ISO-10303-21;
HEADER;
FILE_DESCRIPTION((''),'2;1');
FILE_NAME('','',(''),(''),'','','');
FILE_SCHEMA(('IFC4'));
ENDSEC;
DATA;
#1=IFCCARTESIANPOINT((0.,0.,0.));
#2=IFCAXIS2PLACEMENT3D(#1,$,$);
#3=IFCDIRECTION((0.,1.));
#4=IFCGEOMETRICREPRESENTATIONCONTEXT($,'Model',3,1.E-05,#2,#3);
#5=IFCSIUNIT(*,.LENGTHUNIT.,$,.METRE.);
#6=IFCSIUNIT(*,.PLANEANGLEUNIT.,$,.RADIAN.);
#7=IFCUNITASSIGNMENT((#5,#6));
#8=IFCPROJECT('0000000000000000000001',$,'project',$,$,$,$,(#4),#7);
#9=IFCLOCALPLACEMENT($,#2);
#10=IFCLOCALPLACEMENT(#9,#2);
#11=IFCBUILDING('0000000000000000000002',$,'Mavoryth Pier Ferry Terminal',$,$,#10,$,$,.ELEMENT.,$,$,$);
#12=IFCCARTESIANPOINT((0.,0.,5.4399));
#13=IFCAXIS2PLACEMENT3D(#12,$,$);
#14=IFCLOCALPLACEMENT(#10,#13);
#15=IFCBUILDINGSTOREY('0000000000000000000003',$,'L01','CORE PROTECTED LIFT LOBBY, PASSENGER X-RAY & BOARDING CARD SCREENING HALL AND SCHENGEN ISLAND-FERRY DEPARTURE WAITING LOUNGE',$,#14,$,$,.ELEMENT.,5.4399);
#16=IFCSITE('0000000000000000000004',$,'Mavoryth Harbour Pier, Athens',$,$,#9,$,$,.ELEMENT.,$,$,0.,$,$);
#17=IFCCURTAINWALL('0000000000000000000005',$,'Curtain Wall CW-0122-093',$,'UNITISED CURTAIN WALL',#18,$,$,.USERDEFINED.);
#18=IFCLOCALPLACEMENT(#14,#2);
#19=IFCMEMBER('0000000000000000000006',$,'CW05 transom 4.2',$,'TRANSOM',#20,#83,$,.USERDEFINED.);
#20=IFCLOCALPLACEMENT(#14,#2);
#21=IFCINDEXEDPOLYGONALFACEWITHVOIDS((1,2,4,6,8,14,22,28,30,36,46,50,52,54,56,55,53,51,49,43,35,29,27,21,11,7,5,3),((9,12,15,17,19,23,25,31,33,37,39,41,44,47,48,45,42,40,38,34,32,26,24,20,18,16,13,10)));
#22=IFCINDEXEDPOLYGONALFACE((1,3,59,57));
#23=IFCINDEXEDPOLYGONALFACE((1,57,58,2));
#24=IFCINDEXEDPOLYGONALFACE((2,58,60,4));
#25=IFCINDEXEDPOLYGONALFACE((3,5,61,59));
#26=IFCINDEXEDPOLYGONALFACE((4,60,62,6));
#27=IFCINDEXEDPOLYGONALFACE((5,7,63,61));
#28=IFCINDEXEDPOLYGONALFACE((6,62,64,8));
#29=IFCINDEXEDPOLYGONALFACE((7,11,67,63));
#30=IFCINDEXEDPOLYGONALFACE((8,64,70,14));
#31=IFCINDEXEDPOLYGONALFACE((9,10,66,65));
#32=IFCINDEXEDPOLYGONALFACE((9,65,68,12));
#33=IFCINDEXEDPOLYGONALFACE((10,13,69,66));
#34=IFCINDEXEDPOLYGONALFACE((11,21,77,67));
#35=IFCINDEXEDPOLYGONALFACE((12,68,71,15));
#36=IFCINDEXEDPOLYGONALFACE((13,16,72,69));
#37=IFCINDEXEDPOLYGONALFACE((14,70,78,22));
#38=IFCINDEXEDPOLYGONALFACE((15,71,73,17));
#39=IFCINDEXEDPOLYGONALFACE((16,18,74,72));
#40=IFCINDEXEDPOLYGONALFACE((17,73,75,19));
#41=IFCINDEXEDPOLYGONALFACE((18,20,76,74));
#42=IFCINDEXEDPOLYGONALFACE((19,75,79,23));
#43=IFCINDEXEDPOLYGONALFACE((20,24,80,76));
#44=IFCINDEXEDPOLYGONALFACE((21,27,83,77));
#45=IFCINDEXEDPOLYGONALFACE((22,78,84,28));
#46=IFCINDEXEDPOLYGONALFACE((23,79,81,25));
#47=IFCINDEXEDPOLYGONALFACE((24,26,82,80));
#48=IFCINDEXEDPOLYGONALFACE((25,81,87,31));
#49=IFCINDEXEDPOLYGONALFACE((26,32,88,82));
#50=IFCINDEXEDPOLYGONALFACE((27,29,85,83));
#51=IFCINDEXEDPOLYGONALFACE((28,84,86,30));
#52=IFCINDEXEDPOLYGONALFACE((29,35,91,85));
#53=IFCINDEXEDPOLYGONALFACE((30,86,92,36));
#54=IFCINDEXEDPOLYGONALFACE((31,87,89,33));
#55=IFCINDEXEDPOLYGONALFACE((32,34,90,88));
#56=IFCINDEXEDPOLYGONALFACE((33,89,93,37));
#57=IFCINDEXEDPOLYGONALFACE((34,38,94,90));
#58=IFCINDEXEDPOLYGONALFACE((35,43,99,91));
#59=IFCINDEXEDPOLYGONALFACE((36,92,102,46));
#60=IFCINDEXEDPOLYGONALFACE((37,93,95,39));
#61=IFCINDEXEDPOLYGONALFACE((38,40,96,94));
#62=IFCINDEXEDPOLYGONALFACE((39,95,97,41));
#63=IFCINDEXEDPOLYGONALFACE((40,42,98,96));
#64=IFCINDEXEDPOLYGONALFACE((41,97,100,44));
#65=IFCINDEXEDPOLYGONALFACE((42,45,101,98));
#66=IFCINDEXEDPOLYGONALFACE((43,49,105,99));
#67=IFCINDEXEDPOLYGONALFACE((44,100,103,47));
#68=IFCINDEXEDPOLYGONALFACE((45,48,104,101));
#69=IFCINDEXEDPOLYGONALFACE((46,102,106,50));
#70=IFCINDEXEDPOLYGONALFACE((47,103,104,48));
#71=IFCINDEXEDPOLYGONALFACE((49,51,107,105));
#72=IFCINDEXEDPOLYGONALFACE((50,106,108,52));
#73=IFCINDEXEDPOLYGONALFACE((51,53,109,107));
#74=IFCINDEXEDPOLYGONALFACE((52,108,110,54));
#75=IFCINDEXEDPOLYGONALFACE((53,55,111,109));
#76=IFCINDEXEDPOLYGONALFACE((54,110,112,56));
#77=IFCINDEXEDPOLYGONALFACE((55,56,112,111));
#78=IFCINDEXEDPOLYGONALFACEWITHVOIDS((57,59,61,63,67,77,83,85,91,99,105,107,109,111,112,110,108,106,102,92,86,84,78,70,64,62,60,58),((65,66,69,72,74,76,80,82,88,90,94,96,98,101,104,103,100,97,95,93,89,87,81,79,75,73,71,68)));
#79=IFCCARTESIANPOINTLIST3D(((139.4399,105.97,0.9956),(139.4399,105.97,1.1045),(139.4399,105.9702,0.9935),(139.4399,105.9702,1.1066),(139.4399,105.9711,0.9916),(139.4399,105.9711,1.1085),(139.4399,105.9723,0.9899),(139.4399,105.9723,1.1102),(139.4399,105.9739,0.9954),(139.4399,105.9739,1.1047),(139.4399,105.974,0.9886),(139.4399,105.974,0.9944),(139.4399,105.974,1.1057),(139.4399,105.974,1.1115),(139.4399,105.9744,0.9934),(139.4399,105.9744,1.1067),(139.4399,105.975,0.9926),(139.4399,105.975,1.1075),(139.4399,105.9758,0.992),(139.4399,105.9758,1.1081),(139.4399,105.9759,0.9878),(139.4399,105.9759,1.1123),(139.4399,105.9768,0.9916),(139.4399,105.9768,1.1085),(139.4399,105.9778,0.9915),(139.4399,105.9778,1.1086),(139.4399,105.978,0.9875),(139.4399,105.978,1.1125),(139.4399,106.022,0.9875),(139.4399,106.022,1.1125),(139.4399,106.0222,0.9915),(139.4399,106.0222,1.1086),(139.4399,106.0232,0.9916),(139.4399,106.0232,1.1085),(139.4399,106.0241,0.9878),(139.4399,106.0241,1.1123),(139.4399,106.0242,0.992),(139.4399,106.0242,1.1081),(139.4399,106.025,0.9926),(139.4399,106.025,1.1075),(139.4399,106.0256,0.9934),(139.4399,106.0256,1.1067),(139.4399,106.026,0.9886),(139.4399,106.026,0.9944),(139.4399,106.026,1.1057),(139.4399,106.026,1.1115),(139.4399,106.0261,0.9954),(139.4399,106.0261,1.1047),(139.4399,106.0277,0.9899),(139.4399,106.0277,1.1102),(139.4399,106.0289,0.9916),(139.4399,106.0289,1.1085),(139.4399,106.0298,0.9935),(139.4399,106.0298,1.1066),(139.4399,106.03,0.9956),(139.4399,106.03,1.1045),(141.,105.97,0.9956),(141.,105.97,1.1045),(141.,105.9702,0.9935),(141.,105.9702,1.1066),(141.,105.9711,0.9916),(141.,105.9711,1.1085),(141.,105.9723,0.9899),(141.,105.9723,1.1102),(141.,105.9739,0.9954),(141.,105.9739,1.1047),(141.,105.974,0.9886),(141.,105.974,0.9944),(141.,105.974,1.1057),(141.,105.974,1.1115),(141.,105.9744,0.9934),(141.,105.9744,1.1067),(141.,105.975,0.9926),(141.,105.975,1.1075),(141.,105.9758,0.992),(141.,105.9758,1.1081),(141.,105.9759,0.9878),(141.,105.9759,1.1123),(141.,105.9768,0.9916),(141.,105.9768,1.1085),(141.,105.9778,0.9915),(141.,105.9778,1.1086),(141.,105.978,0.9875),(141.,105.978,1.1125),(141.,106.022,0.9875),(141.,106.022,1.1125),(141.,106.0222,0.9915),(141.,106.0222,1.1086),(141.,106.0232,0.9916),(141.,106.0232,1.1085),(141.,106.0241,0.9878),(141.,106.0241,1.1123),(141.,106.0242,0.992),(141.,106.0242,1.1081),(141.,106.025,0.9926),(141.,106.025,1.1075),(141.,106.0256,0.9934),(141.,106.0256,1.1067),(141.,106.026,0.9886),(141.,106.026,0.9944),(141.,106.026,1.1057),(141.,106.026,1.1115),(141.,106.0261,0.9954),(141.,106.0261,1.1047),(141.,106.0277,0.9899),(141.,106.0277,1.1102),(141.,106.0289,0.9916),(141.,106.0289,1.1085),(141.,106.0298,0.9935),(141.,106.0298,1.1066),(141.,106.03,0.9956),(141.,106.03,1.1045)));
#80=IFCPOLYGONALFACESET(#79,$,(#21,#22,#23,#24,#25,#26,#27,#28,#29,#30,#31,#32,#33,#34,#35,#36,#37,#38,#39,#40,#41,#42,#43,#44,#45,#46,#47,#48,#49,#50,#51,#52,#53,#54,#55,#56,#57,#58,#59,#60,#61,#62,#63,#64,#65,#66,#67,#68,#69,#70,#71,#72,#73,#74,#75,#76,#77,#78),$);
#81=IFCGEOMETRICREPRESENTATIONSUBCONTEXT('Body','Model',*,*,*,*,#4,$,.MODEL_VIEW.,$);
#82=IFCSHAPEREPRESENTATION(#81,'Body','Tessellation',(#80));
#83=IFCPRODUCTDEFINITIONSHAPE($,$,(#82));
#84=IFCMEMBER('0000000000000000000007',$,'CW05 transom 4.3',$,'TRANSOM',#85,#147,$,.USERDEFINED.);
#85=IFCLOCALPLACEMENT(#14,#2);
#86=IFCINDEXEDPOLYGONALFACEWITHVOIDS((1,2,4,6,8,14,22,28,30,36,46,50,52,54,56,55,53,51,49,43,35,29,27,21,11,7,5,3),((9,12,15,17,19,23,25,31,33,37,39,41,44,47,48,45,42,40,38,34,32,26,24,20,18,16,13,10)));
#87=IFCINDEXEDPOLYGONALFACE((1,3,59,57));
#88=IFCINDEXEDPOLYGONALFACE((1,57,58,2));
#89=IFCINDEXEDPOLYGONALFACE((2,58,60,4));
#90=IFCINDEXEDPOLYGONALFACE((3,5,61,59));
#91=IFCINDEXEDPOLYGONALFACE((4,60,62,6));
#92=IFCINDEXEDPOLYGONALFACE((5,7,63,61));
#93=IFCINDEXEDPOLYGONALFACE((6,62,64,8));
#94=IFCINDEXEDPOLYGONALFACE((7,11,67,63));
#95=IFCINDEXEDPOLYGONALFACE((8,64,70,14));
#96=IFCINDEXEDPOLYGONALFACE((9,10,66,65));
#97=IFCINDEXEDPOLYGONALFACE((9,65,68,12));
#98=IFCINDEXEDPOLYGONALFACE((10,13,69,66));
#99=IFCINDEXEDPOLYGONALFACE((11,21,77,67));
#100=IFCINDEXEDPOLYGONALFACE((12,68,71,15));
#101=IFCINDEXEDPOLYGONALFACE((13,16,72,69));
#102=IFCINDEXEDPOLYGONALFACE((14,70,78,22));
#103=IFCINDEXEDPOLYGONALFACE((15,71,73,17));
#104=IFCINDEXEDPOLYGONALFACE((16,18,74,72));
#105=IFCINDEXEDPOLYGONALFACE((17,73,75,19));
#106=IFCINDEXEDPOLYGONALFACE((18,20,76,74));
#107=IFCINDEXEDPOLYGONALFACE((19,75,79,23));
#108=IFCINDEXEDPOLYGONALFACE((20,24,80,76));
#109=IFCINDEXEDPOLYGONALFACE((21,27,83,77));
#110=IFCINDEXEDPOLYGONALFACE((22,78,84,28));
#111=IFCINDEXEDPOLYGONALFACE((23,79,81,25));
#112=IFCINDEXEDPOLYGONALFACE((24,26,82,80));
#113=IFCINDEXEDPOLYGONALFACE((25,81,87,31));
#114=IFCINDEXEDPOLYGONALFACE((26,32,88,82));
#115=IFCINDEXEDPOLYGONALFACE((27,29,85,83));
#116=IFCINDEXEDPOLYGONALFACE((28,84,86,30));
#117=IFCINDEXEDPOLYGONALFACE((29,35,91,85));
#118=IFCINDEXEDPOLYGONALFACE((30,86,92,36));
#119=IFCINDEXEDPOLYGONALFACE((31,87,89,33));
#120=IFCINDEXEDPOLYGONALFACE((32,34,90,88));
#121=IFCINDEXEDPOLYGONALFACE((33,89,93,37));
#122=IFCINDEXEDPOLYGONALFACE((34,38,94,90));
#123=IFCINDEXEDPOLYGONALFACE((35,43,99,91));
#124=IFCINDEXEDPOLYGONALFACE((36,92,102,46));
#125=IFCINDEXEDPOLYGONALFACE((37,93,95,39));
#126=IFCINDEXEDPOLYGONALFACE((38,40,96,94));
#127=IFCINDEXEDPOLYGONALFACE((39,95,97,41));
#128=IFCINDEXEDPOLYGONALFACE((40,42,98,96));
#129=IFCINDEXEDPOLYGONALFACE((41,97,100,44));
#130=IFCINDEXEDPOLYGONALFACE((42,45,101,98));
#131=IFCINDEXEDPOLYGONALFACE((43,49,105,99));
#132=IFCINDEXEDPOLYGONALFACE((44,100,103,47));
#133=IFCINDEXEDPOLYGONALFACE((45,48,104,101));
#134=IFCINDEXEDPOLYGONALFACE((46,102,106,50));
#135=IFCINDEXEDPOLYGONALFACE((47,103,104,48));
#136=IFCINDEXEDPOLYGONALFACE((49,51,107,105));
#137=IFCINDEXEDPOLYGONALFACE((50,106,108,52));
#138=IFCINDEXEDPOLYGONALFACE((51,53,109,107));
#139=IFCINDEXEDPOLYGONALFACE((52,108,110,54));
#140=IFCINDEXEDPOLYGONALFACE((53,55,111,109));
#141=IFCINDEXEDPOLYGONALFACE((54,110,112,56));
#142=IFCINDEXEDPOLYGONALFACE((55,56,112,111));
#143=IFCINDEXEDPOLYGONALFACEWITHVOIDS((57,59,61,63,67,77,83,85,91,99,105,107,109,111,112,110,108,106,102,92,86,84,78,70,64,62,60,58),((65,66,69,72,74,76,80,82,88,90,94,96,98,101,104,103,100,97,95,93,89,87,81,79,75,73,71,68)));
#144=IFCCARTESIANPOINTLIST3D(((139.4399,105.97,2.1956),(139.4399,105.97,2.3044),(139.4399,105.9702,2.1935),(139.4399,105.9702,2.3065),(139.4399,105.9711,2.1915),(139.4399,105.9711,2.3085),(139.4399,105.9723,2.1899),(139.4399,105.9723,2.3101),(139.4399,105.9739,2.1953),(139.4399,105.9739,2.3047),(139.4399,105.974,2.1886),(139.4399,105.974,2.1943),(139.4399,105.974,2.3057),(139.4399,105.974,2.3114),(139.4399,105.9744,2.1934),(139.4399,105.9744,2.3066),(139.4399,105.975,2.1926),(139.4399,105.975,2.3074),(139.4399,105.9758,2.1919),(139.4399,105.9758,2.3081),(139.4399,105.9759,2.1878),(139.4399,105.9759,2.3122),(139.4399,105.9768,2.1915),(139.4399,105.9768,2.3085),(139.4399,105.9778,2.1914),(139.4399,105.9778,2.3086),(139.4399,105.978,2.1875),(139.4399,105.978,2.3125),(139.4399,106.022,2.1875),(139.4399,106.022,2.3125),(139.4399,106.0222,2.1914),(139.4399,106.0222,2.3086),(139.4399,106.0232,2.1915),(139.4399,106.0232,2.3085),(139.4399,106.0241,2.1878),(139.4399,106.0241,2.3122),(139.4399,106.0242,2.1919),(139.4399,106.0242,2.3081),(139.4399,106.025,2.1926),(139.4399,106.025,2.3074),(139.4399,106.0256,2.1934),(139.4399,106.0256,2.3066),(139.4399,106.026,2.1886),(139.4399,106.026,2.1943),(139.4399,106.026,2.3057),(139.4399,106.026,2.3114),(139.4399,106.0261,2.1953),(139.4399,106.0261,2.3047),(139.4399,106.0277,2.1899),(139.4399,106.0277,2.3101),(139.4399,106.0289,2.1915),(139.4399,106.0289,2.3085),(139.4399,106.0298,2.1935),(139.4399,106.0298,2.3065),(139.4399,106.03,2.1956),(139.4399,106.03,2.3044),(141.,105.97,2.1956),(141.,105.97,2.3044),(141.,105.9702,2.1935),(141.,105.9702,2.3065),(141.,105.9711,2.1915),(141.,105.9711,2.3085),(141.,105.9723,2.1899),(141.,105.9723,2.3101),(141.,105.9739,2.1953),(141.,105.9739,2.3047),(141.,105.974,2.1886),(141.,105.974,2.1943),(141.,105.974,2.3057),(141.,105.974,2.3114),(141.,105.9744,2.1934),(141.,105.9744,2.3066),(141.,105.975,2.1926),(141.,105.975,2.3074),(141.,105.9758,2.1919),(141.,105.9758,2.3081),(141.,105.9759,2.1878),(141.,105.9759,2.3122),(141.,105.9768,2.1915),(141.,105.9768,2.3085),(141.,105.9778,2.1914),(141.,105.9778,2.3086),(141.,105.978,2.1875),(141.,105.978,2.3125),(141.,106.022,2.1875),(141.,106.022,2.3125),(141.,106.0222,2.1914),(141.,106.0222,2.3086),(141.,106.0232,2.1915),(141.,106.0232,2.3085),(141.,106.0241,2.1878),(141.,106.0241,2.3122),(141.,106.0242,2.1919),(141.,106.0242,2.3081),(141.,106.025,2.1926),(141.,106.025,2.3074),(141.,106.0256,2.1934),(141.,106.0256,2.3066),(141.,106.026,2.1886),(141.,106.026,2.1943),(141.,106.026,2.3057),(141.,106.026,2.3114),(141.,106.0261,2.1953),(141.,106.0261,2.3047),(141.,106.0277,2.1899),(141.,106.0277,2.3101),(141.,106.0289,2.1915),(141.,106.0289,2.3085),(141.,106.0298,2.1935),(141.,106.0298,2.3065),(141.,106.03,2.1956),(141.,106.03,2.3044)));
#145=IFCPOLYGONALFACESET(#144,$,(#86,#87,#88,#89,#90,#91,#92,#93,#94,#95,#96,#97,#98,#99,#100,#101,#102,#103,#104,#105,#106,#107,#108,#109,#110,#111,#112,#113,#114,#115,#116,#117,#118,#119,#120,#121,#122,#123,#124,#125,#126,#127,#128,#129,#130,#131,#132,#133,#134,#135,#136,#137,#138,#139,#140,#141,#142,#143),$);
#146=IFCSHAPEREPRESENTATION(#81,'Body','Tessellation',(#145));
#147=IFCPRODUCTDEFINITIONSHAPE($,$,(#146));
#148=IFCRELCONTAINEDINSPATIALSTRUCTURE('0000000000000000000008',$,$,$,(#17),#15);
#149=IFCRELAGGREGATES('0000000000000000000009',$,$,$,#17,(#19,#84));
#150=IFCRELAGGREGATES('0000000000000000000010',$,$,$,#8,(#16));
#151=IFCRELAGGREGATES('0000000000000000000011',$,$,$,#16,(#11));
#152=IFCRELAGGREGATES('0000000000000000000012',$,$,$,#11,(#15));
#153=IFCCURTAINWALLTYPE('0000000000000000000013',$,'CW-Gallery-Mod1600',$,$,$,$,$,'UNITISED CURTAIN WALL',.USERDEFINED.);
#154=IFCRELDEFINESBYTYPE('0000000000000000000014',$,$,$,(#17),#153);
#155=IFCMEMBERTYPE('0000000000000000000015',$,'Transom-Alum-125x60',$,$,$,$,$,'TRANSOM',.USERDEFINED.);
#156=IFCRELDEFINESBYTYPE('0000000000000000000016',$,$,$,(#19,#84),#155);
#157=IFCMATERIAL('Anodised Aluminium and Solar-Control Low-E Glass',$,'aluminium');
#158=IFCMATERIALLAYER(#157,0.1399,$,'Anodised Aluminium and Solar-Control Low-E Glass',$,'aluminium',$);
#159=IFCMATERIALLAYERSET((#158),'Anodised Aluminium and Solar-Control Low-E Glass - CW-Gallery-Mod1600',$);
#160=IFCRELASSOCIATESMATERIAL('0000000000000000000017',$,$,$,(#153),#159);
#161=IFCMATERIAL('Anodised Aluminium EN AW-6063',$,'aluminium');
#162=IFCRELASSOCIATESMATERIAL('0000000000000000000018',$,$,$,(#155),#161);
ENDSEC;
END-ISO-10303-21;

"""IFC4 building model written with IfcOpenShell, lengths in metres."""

from ifc_helpers import new_model, si_unit, direction, frame, origin, origin_2d, place, context, subcontext, project, spatial, hollow_rectangle, extrude, material, layer, layer_set, material_profile, profile_set, type_object, element, aggregate, save


model = new_model("IFC4")

# Units and contexts
model_context = context("Model", 3, precision=1e-05, world=origin(), true_north=direction((0.0, 1.0)))
body_context = subcontext(model_context, "Body", "Model", "MODEL_VIEW")
ifc_project = project(units=[si_unit("LENGTHUNIT", "METRE"), si_unit("PLANEANGLEUNIT", "RADIAN")], contexts=[model_context])

# Site, building, storey
site_placement = place(None, origin())
site = spatial("IfcSite", under=ifc_project, at=site_placement, Name="Mavoryth Harbour Pier, Athens", CompositionType="ELEMENT", RefElevation=0.0)
building_placement = place(site_placement, origin())
building = spatial("IfcBuilding", under=site, at=building_placement, Name="Mavoryth Pier Ferry Terminal", CompositionType="ELEMENT")
storey_placement = place(building_placement, frame((0.0, 0.0, 5.4399)))
storey = spatial("IfcBuildingStorey", under=building, at=storey_placement, Name="L01", Description="CORE PROTECTED LIFT LOBBY, PASSENGER X-RAY & BOARDING CARD SCREENING HALL AND SCHENGEN ISLAND-FERRY DEPARTURE WAITING LOUNGE", CompositionType="ELEMENT", Elevation=5.4399)

# Curtain wall, members
ifc_material_1 = material(Name="Anodised Aluminium and Solar-Control Low-E Glass", Category="aluminium")
ifc_layer_1 = layer(ifc_material_1, 0.1399, Name="Anodised Aluminium and Solar-Control Low-E Glass", Category="aluminium")
ifc_layer_set_1 = layer_set([ifc_layer_1], Name="Anodised Aluminium and Solar-Control Low-E Glass - CW-Gallery-Mod1600")
curtain_wall_type = type_object("IfcCurtainWallType", Name="CW-Gallery-Mod1600", ElementType="UNITISED CURTAIN WALL", PredefinedType="USERDEFINED", material=ifc_layer_set_1)
curtain_wall_1_placement = place(storey_placement, origin())
curtain_wall_1 = element("IfcCurtainWall", 1, at=curtain_wall_1_placement, inside=storey, type_object=curtain_wall_type, Name="Curtain Wall CW-0122-093", ObjectType="UNITISED CURTAIN WALL", PredefinedType="USERDEFINED")
ifc_material_2 = material(Name="Anodised Aluminium EN AW-6063", Category="aluminium")
ifc_material_profile_1 = material_profile(ifc_material_2, hollow_rectangle(XDim=0.0601, YDim=0.125, WallThickness=0.0039, InnerFilletRadius=0.0039, OuterFilletRadius=0.0081, at=origin_2d()), Name="AL-TRAN 125x60x4", Category="aluminium")
ifc_profile_set_1 = profile_set([ifc_material_profile_1], Name="Anodised Aluminium EN AW-6063 - AL-TRAN 125x60x4")
member_type_1 = type_object("IfcMemberType", Name="Transom-Alum-125x60", ElementType="TRANSOM", PredefinedType="USERDEFINED", material=ifc_profile_set_1)
member_1_placement = place(storey_placement, frame((139.4399, 106.0, 1.05), z_axis=(1.0, 0.0, 0.0), x_axis=(0.0, 1.0, 0.0)))
member_1 = element("IfcMember", 2, at=member_1_placement, type_object=member_type_1, Name="CW05 transom 4.2", ObjectType="TRANSOM", PredefinedType="USERDEFINED", context=body_context, shape_type="SweptSolid", body=[
    extrude(hollow_rectangle(XDim=0.0601, YDim=0.125, WallThickness=0.0039, InnerFilletRadius=0.0039, OuterFilletRadius=0.0081, at=origin_2d()), origin(), (0.0, 0.0, 1.0), 1.5601),
])
member_2_placement = place(storey_placement, frame((139.4399, 106.0, 2.25), z_axis=(1.0, 0.0, 0.0), x_axis=(0.0, 1.0, 0.0)))
member_2 = element("IfcMember", 3, at=member_2_placement, type_object=member_type_1, Name="CW05 transom 4.3", ObjectType="TRANSOM", PredefinedType="USERDEFINED", context=body_context, shape_type="SweptSolid", body=[
    extrude(hollow_rectangle(XDim=0.0601, YDim=0.125, WallThickness=0.0039, InnerFilletRadius=0.0039, OuterFilletRadius=0.0081, at=origin_2d()), origin(), (0.0, 0.0, 1.0), 1.5601),
])

aggregate(curtain_wall_1, [member_1, member_2])

save(model, "model.ifc")
